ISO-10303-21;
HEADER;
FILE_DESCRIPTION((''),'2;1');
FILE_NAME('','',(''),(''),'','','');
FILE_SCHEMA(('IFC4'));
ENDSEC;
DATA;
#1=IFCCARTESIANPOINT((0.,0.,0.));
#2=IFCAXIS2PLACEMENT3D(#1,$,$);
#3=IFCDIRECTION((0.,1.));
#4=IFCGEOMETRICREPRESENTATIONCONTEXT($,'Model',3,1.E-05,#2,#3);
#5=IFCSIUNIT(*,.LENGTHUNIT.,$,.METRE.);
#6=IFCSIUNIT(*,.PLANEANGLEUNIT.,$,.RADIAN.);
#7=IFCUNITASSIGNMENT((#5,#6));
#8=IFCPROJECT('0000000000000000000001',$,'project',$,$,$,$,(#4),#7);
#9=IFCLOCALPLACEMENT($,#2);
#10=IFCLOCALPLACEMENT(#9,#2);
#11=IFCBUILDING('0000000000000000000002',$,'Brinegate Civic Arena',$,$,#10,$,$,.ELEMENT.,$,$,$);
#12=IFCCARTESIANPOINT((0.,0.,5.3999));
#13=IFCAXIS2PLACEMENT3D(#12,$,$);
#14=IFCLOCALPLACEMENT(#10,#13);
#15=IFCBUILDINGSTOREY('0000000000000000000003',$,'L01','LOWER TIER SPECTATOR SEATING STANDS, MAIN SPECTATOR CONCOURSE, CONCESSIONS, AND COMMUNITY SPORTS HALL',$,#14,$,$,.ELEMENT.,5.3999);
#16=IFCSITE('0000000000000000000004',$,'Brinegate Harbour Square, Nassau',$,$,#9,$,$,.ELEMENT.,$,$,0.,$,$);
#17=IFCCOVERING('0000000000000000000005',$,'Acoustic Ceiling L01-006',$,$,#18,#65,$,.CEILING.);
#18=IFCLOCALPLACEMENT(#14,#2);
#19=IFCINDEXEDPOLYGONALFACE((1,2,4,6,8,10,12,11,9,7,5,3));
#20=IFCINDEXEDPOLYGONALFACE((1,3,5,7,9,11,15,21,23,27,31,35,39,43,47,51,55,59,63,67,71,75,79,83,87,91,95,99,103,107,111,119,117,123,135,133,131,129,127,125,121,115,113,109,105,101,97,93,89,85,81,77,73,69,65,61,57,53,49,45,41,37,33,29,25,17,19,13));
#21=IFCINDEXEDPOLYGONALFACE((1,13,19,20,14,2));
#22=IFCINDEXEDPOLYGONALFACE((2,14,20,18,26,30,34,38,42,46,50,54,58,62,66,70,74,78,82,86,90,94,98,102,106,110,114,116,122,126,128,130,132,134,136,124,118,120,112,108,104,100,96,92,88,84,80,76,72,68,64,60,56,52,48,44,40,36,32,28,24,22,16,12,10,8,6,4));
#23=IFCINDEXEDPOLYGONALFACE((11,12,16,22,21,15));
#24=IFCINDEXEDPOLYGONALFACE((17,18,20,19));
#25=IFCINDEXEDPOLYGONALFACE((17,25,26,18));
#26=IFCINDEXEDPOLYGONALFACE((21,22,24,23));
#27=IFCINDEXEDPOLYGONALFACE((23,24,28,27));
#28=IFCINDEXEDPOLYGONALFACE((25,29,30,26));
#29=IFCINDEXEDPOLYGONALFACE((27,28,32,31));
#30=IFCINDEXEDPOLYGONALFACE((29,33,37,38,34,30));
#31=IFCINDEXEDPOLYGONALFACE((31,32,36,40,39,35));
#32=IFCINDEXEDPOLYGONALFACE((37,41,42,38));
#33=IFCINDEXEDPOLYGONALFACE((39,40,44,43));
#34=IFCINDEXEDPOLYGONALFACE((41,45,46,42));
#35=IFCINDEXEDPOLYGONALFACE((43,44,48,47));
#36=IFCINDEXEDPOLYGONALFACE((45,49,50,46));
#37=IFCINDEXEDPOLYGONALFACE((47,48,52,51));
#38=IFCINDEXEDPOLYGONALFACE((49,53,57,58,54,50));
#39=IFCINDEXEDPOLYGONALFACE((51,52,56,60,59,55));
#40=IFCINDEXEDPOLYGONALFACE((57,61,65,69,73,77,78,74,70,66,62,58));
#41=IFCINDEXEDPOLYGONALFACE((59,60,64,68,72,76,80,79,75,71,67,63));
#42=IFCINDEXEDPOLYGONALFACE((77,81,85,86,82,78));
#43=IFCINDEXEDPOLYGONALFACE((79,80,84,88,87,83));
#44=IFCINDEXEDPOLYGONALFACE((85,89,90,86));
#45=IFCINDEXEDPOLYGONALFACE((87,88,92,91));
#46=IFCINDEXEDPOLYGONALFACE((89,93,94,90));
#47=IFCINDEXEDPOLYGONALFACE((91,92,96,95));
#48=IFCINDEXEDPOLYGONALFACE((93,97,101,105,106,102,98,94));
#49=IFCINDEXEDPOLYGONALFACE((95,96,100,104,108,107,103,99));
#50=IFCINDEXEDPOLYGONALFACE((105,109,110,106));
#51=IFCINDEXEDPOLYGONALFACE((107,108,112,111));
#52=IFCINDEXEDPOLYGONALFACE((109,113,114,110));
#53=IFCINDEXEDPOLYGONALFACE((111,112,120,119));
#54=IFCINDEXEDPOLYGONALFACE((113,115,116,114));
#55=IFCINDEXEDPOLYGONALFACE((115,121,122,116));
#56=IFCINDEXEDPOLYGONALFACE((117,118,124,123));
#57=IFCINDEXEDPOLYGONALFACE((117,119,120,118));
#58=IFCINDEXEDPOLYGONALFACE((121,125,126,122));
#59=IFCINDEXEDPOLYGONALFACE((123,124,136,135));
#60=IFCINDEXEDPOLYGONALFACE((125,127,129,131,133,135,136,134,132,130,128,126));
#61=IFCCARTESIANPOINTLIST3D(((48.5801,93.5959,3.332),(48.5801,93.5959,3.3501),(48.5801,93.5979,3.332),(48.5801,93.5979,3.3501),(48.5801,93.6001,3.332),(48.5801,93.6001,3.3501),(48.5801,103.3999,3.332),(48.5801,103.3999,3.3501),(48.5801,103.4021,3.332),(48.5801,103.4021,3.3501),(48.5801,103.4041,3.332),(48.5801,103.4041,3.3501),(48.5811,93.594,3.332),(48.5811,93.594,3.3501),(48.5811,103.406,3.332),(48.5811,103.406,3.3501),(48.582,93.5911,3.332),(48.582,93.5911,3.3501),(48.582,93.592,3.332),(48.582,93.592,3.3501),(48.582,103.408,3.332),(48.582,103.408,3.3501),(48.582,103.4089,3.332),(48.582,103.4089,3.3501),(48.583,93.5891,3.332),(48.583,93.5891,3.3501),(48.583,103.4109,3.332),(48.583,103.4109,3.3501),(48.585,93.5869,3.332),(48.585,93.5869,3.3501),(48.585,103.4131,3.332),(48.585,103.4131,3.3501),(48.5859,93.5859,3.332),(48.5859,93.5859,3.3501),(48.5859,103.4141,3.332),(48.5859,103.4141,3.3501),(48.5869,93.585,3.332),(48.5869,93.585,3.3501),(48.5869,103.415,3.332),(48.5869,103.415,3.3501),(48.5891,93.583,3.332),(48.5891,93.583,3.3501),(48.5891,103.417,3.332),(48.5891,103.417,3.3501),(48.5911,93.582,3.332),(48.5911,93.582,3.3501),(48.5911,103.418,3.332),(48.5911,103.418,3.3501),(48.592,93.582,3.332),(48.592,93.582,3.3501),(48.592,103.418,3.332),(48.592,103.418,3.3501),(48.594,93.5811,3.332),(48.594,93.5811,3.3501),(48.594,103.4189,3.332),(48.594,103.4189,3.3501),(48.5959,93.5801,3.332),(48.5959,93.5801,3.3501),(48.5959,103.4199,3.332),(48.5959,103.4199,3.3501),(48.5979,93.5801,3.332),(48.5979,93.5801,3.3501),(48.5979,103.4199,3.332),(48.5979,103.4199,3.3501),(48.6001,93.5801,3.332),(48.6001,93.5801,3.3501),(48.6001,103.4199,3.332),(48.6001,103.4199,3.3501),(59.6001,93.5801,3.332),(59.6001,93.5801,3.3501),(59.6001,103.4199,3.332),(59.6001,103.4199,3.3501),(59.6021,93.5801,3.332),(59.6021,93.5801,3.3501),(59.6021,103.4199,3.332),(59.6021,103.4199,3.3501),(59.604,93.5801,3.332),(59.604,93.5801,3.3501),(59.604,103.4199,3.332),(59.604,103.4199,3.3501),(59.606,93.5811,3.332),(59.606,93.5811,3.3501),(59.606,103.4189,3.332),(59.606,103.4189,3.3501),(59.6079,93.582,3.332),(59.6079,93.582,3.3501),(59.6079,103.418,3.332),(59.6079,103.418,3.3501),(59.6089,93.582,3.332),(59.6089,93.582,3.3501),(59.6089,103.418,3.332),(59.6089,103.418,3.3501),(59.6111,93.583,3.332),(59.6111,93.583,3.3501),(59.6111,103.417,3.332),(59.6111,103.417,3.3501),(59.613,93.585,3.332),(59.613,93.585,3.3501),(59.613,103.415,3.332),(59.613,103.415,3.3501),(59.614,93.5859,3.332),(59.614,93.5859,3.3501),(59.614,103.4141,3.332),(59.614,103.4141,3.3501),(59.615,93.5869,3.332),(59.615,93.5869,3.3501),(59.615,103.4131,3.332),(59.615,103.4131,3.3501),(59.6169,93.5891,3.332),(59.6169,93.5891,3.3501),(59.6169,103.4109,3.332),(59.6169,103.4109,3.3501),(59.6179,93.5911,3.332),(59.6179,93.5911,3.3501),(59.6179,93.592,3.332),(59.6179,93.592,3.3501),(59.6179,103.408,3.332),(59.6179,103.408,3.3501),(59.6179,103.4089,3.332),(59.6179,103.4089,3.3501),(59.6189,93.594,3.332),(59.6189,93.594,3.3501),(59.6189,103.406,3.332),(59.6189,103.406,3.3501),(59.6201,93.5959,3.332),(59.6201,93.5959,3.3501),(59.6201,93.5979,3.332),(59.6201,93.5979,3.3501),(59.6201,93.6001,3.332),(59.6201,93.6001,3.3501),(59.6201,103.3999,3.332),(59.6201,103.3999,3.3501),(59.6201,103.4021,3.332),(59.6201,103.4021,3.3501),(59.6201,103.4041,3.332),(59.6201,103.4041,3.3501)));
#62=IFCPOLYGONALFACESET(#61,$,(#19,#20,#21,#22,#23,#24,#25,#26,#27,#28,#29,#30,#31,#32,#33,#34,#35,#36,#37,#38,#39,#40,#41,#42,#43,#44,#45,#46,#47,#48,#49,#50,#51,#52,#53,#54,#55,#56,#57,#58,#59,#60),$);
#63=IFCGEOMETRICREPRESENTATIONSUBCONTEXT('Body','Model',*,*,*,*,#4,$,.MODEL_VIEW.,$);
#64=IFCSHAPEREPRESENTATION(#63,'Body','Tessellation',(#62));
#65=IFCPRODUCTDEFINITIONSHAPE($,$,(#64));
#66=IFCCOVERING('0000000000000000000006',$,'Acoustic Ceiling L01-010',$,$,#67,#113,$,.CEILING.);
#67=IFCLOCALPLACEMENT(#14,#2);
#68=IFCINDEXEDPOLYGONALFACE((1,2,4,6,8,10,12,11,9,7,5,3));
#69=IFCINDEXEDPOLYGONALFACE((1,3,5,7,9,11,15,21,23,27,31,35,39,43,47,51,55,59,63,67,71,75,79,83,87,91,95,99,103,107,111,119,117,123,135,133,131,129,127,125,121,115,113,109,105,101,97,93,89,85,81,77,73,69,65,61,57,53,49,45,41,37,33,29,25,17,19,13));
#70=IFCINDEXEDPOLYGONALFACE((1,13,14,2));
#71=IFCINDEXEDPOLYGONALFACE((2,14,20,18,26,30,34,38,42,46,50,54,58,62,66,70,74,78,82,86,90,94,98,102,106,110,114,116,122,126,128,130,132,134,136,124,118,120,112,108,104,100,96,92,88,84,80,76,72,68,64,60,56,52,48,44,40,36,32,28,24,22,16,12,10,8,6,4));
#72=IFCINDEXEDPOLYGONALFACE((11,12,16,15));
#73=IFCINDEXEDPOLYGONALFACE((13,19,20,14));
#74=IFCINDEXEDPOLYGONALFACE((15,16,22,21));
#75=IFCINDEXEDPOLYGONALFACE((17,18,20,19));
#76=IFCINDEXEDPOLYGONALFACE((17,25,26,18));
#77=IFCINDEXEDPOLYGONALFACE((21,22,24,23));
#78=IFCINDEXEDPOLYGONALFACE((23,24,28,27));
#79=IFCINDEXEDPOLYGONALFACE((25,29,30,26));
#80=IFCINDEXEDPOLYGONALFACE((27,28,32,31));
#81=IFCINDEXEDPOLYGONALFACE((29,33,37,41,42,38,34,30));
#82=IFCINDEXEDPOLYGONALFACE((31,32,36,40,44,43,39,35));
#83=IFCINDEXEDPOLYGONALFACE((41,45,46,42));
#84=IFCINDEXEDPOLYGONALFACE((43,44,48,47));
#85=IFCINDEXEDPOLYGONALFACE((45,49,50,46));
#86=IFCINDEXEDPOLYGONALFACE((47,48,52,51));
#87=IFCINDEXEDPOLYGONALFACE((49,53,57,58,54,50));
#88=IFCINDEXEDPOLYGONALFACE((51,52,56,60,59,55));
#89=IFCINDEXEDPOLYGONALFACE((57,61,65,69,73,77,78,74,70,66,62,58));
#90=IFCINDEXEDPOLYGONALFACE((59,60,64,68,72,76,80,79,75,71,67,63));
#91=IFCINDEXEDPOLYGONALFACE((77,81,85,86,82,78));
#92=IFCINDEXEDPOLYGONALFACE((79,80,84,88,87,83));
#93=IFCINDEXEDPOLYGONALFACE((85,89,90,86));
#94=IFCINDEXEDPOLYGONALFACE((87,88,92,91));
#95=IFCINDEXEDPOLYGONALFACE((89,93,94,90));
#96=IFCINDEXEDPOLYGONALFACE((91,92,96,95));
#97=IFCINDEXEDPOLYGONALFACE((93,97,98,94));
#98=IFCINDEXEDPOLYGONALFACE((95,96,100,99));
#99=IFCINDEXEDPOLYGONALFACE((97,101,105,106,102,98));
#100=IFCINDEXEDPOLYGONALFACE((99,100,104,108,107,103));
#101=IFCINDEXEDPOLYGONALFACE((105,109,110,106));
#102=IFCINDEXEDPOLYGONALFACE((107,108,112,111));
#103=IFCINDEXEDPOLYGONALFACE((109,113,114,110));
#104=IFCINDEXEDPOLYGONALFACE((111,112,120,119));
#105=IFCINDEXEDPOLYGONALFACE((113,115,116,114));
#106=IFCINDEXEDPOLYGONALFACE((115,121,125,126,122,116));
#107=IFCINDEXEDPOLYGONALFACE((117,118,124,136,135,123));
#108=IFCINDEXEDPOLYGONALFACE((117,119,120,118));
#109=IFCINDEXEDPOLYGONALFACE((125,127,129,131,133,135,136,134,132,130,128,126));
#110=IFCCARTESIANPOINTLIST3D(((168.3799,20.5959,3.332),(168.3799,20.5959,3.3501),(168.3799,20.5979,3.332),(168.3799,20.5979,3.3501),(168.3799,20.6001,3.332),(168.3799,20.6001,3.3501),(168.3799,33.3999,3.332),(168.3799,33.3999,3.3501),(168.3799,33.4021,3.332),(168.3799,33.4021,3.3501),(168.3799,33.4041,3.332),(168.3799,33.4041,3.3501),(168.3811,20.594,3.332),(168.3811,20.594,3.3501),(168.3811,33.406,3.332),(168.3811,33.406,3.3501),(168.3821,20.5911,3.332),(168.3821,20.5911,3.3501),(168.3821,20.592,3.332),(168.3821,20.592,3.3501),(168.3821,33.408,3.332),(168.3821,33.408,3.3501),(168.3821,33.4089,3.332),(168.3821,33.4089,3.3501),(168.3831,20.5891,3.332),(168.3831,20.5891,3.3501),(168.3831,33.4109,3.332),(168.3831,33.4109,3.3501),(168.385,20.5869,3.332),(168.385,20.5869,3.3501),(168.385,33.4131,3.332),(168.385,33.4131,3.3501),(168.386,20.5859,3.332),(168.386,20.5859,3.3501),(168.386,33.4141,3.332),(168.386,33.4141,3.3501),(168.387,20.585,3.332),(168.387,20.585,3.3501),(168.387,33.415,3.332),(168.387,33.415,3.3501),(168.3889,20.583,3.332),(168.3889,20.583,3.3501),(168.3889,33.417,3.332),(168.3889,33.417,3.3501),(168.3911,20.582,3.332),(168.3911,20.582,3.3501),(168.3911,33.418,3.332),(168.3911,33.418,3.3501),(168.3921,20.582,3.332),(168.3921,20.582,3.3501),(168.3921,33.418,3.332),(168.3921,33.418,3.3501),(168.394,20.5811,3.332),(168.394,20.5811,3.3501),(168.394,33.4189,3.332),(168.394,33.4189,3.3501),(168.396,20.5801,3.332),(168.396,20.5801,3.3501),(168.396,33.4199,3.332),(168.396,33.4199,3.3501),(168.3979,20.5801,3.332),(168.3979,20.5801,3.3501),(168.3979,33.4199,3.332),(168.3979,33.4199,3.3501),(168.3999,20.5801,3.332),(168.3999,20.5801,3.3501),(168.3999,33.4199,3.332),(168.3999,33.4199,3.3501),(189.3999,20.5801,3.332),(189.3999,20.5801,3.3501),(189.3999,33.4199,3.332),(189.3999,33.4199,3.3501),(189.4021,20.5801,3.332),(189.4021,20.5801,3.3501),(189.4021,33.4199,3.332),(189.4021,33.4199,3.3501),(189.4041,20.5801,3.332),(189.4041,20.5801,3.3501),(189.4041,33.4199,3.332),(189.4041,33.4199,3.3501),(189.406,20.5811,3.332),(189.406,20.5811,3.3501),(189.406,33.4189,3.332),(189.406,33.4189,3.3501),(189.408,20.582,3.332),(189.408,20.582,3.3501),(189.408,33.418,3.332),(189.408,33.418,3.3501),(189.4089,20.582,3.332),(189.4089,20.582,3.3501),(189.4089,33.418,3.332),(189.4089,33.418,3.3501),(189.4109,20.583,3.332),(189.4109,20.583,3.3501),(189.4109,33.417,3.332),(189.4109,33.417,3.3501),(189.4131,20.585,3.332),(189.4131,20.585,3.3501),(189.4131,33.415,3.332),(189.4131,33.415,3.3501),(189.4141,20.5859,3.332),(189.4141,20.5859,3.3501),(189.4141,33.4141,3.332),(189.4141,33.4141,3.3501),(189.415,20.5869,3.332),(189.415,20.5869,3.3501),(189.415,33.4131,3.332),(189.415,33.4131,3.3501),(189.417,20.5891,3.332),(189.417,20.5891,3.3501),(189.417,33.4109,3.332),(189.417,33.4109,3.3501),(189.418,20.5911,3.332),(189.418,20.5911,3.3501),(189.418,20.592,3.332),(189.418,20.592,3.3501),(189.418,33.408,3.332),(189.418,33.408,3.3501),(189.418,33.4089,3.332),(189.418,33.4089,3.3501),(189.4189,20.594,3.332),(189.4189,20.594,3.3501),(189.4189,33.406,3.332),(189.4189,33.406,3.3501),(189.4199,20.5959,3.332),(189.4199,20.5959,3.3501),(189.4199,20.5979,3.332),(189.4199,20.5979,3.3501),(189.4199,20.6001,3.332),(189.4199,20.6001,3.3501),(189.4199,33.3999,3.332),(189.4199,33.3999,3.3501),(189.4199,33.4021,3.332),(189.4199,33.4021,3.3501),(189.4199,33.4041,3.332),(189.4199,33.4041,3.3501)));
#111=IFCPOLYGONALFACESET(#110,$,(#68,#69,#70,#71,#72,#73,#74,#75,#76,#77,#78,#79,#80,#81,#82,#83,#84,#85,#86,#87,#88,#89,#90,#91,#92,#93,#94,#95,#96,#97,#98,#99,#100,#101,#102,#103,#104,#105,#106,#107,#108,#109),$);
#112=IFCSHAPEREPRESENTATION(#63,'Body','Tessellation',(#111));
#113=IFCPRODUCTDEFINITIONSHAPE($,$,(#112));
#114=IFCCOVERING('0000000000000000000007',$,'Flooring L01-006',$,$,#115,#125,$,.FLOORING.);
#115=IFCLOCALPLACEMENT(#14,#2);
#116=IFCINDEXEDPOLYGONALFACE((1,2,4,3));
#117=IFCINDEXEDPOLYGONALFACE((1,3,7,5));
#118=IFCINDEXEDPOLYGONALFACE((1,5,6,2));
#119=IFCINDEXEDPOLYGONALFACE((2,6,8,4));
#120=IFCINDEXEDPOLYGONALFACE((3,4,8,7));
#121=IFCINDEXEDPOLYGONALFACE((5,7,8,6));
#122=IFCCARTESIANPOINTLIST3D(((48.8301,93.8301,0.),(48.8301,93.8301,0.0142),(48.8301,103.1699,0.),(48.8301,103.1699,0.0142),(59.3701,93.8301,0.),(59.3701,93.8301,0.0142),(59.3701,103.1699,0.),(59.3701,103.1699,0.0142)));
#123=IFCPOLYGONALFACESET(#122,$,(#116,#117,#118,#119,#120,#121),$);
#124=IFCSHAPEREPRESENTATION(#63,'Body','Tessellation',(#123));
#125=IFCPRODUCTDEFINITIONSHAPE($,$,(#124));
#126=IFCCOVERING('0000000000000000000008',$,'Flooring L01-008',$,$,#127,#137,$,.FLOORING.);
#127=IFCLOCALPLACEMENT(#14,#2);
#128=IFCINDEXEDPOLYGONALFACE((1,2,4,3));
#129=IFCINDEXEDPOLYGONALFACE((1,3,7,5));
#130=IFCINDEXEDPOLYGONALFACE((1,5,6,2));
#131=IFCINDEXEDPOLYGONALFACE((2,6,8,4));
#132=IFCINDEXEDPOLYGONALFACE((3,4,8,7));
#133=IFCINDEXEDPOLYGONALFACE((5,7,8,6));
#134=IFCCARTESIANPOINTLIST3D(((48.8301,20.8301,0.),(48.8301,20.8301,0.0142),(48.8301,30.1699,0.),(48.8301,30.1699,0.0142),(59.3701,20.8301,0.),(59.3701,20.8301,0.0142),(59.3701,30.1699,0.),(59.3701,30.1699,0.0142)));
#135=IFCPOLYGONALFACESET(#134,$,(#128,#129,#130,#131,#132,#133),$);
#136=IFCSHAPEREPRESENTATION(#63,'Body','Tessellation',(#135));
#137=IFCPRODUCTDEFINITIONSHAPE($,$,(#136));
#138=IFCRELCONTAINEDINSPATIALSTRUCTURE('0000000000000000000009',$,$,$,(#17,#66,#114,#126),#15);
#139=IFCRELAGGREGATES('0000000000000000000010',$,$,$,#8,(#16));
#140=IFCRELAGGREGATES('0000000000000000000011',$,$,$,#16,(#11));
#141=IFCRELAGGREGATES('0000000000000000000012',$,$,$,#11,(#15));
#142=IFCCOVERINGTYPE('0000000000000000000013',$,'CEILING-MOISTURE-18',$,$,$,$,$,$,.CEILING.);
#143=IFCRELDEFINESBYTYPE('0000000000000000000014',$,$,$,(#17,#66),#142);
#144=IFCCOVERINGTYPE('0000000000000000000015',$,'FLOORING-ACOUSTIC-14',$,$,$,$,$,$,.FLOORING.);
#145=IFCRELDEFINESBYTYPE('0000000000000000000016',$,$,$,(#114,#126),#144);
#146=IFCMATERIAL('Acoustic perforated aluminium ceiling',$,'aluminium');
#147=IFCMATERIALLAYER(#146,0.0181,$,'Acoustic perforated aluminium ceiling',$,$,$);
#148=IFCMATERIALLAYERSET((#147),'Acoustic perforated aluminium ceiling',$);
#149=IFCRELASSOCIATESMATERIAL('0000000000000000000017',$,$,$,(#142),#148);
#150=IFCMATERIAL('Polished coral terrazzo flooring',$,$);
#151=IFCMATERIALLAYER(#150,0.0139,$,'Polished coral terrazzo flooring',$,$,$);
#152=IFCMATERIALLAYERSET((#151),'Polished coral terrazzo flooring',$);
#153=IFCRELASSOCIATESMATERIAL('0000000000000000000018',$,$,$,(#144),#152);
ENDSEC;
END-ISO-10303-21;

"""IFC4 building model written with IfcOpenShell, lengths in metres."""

from ifc_helpers import new_model, si_unit, direction, frame, origin, place, context, subcontext, project, spatial, polyline, outline, extrude, material, layer, layer_set, type_object, element, save


model = new_model("IFC4")

# Units and contexts
model_context = context("Model", 3, precision=1e-05, world=origin(), true_north=direction((0.0, 1.0)))
body_context = subcontext(model_context, "Body", "Model", "MODEL_VIEW")
ifc_project = project(units=[si_unit("LENGTHUNIT", "METRE"), si_unit("PLANEANGLEUNIT", "RADIAN")], contexts=[model_context])

# Site, building, storey
site_placement = place(None, origin())
site = spatial("IfcSite", under=ifc_project, at=site_placement, Name="Brinegate Harbour Square, Nassau", CompositionType="ELEMENT", RefElevation=0.0)
building_placement = place(site_placement, origin())
building = spatial("IfcBuilding", under=site, at=building_placement, Name="Brinegate Civic Arena", CompositionType="ELEMENT")
storey_placement = place(building_placement, frame((0.0, 0.0, 5.3999)))
storey = spatial("IfcBuildingStorey", under=building, at=storey_placement, Name="L01", Description="LOWER TIER SPECTATOR SEATING STANDS, MAIN SPECTATOR CONCOURSE, CONCESSIONS, AND COMMUNITY SPORTS HALL", CompositionType="ELEMENT", Elevation=5.3999)

# Coverings
ifc_material_1 = material(Name="Acoustic perforated aluminium ceiling", Category="aluminium")
ifc_layer_1 = layer(ifc_material_1, 0.0181, Name="Acoustic perforated aluminium ceiling")
ifc_layer_set_1 = layer_set([ifc_layer_1], Name="Acoustic perforated aluminium ceiling")
covering_type_1 = type_object("IfcCoveringType", Name="CEILING-MOISTURE-18", PredefinedType="CEILING", material=ifc_layer_set_1)
covering_1_placement = place(storey_placement, frame((0.0, 0.0, 3.332)))
element("IfcCovering", 1, at=covering_1_placement, inside=storey, type_object=covering_type_1, Name="Acoustic Ceiling L01-006", PredefinedType="CEILING", context=body_context, shape_type="SweptSolid", body=[
    extrude(outline(polyline([(59.604, 103.4199), (59.606, 103.4189), (59.6079, 103.418), (59.6089, 103.418), (59.6111, 103.417), (59.613, 103.415), (59.614, 103.4141), (59.615, 103.4131), (59.6169, 103.4109), (59.6179, 103.4089), (59.6179, 103.408), (59.6189, 103.406), (59.6201, 103.4041), (59.6201, 103.4021), (59.6201, 103.3999), (59.6201, 93.6001), (59.6201, 93.5979), (59.6201, 93.5959), (59.6189, 93.594), (59.6179, 93.592), (59.6179, 93.5911), (59.6169, 93.5891), (59.615, 93.5869), (59.614, 93.5859), (59.613, 93.585), (59.6111, 93.583), (59.6089, 93.582), (59.6079, 93.582), (59.606, 93.5811), (59.604, 93.5801), (59.6021, 93.5801), (59.6001, 93.5801), (48.6001, 93.5801), (48.5979, 93.5801), (48.5959, 93.5801), (48.594, 93.5811), (48.592, 93.582), (48.5911, 93.582), (48.5891, 93.583), (48.5869, 93.585), (48.5859, 93.5859), (48.585, 93.5869), (48.583, 93.5891), (48.582, 93.5911), (48.582, 93.592), (48.5811, 93.594), (48.5801, 93.5959), (48.5801, 93.5979), (48.5801, 93.6001), (48.5801, 103.3999), (48.5801, 103.4021), (48.5801, 103.4041), (48.5811, 103.406), (48.582, 103.408), (48.582, 103.4089), (48.583, 103.4109), (48.585, 103.4131), (48.5859, 103.4141), (48.5869, 103.415), (48.5891, 103.417), (48.5911, 103.418), (48.592, 103.418), (48.594, 103.4189), (48.5959, 103.4199), (48.5979, 103.4199), (48.6001, 103.4199), (59.6001, 103.4199), (59.6021, 103.4199), (59.604, 103.4199)])), origin(), (0.0, 0.0, 1.0), 0.0181),
])
covering_2_placement = place(storey_placement, frame((0.0, 0.0, 3.332)))
element("IfcCovering", 2, at=covering_2_placement, inside=storey, type_object=covering_type_1, Name="Acoustic Ceiling L01-010", PredefinedType="CEILING", context=body_context, shape_type="SweptSolid", body=[
    extrude(outline(polyline([(189.4041, 33.4199), (189.406, 33.4189), (189.408, 33.418), (189.4089, 33.418), (189.4109, 33.417), (189.4131, 33.415), (189.4141, 33.4141), (189.415, 33.4131), (189.417, 33.4109), (189.418, 33.4089), (189.418, 33.408), (189.4189, 33.406), (189.4199, 33.4041), (189.4199, 33.4021), (189.4199, 33.3999), (189.4199, 20.6001), (189.4199, 20.5979), (189.4199, 20.5959), (189.4189, 20.594), (189.418, 20.592), (189.418, 20.5911), (189.417, 20.5891), (189.415, 20.5869), (189.4141, 20.5859), (189.4131, 20.585), (189.4109, 20.583), (189.4089, 20.582), (189.408, 20.582), (189.406, 20.5811), (189.4041, 20.5801), (189.4021, 20.5801), (189.3999, 20.5801), (168.3999, 20.5801), (168.3979, 20.5801), (168.396, 20.5801), (168.394, 20.5811), (168.3921, 20.582), (168.3911, 20.582), (168.3889, 20.583), (168.387, 20.585), (168.386, 20.5859), (168.385, 20.5869), (168.3831, 20.5891), (168.3821, 20.5911), (168.3821, 20.592), (168.3811, 20.594), (168.3799, 20.5959), (168.3799, 20.5979), (168.3799, 20.6001), (168.3799, 33.3999), (168.3799, 33.4021), (168.3799, 33.4041), (168.3811, 33.406), (168.3821, 33.408), (168.3821, 33.4089), (168.3831, 33.4109), (168.385, 33.4131), (168.386, 33.4141), (168.387, 33.415), (168.3889, 33.417), (168.3911, 33.418), (168.3921, 33.418), (168.394, 33.4189), (168.396, 33.4199), (168.3979, 33.4199), (168.3999, 33.4199), (189.3999, 33.4199), (189.4021, 33.4199), (189.4041, 33.4199)])), origin(), (0.0, 0.0, 1.0), 0.0181),
])
ifc_material_2 = material(Name="Polished coral terrazzo flooring")
ifc_layer_2 = layer(ifc_material_2, 0.0139, Name="Polished coral terrazzo flooring")
ifc_layer_set_2 = layer_set([ifc_layer_2], Name="Polished coral terrazzo flooring")
covering_type_2 = type_object("IfcCoveringType", Name="FLOORING-ACOUSTIC-14", PredefinedType="FLOORING", material=ifc_layer_set_2)
covering_3_placement = place(storey_placement, origin())
element("IfcCovering", 3, at=covering_3_placement, inside=storey, type_object=covering_type_2, Name="Flooring L01-006", PredefinedType="FLOORING", context=body_context, shape_type="SweptSolid", body=[
    extrude(outline(polyline([(48.8301, 103.1699), (59.3701, 103.1699), (59.3701, 93.8301), (48.8301, 93.8301), (48.8301, 103.1699)])), origin(), (0.0, 0.0, 1.0), 0.0142),
])
covering_4_placement = place(storey_placement, origin())
element("IfcCovering", 4, at=covering_4_placement, inside=storey, type_object=covering_type_2, Name="Flooring L01-008", PredefinedType="FLOORING", context=body_context, shape_type="SweptSolid", body=[
    extrude(outline(polyline([(48.8301, 20.8301), (48.8301, 30.1699), (59.3701, 30.1699), (59.3701, 20.8301), (48.8301, 20.8301)])), origin(), (0.0, 0.0, 1.0), 0.0142),
])

save(model, "model.ifc")
